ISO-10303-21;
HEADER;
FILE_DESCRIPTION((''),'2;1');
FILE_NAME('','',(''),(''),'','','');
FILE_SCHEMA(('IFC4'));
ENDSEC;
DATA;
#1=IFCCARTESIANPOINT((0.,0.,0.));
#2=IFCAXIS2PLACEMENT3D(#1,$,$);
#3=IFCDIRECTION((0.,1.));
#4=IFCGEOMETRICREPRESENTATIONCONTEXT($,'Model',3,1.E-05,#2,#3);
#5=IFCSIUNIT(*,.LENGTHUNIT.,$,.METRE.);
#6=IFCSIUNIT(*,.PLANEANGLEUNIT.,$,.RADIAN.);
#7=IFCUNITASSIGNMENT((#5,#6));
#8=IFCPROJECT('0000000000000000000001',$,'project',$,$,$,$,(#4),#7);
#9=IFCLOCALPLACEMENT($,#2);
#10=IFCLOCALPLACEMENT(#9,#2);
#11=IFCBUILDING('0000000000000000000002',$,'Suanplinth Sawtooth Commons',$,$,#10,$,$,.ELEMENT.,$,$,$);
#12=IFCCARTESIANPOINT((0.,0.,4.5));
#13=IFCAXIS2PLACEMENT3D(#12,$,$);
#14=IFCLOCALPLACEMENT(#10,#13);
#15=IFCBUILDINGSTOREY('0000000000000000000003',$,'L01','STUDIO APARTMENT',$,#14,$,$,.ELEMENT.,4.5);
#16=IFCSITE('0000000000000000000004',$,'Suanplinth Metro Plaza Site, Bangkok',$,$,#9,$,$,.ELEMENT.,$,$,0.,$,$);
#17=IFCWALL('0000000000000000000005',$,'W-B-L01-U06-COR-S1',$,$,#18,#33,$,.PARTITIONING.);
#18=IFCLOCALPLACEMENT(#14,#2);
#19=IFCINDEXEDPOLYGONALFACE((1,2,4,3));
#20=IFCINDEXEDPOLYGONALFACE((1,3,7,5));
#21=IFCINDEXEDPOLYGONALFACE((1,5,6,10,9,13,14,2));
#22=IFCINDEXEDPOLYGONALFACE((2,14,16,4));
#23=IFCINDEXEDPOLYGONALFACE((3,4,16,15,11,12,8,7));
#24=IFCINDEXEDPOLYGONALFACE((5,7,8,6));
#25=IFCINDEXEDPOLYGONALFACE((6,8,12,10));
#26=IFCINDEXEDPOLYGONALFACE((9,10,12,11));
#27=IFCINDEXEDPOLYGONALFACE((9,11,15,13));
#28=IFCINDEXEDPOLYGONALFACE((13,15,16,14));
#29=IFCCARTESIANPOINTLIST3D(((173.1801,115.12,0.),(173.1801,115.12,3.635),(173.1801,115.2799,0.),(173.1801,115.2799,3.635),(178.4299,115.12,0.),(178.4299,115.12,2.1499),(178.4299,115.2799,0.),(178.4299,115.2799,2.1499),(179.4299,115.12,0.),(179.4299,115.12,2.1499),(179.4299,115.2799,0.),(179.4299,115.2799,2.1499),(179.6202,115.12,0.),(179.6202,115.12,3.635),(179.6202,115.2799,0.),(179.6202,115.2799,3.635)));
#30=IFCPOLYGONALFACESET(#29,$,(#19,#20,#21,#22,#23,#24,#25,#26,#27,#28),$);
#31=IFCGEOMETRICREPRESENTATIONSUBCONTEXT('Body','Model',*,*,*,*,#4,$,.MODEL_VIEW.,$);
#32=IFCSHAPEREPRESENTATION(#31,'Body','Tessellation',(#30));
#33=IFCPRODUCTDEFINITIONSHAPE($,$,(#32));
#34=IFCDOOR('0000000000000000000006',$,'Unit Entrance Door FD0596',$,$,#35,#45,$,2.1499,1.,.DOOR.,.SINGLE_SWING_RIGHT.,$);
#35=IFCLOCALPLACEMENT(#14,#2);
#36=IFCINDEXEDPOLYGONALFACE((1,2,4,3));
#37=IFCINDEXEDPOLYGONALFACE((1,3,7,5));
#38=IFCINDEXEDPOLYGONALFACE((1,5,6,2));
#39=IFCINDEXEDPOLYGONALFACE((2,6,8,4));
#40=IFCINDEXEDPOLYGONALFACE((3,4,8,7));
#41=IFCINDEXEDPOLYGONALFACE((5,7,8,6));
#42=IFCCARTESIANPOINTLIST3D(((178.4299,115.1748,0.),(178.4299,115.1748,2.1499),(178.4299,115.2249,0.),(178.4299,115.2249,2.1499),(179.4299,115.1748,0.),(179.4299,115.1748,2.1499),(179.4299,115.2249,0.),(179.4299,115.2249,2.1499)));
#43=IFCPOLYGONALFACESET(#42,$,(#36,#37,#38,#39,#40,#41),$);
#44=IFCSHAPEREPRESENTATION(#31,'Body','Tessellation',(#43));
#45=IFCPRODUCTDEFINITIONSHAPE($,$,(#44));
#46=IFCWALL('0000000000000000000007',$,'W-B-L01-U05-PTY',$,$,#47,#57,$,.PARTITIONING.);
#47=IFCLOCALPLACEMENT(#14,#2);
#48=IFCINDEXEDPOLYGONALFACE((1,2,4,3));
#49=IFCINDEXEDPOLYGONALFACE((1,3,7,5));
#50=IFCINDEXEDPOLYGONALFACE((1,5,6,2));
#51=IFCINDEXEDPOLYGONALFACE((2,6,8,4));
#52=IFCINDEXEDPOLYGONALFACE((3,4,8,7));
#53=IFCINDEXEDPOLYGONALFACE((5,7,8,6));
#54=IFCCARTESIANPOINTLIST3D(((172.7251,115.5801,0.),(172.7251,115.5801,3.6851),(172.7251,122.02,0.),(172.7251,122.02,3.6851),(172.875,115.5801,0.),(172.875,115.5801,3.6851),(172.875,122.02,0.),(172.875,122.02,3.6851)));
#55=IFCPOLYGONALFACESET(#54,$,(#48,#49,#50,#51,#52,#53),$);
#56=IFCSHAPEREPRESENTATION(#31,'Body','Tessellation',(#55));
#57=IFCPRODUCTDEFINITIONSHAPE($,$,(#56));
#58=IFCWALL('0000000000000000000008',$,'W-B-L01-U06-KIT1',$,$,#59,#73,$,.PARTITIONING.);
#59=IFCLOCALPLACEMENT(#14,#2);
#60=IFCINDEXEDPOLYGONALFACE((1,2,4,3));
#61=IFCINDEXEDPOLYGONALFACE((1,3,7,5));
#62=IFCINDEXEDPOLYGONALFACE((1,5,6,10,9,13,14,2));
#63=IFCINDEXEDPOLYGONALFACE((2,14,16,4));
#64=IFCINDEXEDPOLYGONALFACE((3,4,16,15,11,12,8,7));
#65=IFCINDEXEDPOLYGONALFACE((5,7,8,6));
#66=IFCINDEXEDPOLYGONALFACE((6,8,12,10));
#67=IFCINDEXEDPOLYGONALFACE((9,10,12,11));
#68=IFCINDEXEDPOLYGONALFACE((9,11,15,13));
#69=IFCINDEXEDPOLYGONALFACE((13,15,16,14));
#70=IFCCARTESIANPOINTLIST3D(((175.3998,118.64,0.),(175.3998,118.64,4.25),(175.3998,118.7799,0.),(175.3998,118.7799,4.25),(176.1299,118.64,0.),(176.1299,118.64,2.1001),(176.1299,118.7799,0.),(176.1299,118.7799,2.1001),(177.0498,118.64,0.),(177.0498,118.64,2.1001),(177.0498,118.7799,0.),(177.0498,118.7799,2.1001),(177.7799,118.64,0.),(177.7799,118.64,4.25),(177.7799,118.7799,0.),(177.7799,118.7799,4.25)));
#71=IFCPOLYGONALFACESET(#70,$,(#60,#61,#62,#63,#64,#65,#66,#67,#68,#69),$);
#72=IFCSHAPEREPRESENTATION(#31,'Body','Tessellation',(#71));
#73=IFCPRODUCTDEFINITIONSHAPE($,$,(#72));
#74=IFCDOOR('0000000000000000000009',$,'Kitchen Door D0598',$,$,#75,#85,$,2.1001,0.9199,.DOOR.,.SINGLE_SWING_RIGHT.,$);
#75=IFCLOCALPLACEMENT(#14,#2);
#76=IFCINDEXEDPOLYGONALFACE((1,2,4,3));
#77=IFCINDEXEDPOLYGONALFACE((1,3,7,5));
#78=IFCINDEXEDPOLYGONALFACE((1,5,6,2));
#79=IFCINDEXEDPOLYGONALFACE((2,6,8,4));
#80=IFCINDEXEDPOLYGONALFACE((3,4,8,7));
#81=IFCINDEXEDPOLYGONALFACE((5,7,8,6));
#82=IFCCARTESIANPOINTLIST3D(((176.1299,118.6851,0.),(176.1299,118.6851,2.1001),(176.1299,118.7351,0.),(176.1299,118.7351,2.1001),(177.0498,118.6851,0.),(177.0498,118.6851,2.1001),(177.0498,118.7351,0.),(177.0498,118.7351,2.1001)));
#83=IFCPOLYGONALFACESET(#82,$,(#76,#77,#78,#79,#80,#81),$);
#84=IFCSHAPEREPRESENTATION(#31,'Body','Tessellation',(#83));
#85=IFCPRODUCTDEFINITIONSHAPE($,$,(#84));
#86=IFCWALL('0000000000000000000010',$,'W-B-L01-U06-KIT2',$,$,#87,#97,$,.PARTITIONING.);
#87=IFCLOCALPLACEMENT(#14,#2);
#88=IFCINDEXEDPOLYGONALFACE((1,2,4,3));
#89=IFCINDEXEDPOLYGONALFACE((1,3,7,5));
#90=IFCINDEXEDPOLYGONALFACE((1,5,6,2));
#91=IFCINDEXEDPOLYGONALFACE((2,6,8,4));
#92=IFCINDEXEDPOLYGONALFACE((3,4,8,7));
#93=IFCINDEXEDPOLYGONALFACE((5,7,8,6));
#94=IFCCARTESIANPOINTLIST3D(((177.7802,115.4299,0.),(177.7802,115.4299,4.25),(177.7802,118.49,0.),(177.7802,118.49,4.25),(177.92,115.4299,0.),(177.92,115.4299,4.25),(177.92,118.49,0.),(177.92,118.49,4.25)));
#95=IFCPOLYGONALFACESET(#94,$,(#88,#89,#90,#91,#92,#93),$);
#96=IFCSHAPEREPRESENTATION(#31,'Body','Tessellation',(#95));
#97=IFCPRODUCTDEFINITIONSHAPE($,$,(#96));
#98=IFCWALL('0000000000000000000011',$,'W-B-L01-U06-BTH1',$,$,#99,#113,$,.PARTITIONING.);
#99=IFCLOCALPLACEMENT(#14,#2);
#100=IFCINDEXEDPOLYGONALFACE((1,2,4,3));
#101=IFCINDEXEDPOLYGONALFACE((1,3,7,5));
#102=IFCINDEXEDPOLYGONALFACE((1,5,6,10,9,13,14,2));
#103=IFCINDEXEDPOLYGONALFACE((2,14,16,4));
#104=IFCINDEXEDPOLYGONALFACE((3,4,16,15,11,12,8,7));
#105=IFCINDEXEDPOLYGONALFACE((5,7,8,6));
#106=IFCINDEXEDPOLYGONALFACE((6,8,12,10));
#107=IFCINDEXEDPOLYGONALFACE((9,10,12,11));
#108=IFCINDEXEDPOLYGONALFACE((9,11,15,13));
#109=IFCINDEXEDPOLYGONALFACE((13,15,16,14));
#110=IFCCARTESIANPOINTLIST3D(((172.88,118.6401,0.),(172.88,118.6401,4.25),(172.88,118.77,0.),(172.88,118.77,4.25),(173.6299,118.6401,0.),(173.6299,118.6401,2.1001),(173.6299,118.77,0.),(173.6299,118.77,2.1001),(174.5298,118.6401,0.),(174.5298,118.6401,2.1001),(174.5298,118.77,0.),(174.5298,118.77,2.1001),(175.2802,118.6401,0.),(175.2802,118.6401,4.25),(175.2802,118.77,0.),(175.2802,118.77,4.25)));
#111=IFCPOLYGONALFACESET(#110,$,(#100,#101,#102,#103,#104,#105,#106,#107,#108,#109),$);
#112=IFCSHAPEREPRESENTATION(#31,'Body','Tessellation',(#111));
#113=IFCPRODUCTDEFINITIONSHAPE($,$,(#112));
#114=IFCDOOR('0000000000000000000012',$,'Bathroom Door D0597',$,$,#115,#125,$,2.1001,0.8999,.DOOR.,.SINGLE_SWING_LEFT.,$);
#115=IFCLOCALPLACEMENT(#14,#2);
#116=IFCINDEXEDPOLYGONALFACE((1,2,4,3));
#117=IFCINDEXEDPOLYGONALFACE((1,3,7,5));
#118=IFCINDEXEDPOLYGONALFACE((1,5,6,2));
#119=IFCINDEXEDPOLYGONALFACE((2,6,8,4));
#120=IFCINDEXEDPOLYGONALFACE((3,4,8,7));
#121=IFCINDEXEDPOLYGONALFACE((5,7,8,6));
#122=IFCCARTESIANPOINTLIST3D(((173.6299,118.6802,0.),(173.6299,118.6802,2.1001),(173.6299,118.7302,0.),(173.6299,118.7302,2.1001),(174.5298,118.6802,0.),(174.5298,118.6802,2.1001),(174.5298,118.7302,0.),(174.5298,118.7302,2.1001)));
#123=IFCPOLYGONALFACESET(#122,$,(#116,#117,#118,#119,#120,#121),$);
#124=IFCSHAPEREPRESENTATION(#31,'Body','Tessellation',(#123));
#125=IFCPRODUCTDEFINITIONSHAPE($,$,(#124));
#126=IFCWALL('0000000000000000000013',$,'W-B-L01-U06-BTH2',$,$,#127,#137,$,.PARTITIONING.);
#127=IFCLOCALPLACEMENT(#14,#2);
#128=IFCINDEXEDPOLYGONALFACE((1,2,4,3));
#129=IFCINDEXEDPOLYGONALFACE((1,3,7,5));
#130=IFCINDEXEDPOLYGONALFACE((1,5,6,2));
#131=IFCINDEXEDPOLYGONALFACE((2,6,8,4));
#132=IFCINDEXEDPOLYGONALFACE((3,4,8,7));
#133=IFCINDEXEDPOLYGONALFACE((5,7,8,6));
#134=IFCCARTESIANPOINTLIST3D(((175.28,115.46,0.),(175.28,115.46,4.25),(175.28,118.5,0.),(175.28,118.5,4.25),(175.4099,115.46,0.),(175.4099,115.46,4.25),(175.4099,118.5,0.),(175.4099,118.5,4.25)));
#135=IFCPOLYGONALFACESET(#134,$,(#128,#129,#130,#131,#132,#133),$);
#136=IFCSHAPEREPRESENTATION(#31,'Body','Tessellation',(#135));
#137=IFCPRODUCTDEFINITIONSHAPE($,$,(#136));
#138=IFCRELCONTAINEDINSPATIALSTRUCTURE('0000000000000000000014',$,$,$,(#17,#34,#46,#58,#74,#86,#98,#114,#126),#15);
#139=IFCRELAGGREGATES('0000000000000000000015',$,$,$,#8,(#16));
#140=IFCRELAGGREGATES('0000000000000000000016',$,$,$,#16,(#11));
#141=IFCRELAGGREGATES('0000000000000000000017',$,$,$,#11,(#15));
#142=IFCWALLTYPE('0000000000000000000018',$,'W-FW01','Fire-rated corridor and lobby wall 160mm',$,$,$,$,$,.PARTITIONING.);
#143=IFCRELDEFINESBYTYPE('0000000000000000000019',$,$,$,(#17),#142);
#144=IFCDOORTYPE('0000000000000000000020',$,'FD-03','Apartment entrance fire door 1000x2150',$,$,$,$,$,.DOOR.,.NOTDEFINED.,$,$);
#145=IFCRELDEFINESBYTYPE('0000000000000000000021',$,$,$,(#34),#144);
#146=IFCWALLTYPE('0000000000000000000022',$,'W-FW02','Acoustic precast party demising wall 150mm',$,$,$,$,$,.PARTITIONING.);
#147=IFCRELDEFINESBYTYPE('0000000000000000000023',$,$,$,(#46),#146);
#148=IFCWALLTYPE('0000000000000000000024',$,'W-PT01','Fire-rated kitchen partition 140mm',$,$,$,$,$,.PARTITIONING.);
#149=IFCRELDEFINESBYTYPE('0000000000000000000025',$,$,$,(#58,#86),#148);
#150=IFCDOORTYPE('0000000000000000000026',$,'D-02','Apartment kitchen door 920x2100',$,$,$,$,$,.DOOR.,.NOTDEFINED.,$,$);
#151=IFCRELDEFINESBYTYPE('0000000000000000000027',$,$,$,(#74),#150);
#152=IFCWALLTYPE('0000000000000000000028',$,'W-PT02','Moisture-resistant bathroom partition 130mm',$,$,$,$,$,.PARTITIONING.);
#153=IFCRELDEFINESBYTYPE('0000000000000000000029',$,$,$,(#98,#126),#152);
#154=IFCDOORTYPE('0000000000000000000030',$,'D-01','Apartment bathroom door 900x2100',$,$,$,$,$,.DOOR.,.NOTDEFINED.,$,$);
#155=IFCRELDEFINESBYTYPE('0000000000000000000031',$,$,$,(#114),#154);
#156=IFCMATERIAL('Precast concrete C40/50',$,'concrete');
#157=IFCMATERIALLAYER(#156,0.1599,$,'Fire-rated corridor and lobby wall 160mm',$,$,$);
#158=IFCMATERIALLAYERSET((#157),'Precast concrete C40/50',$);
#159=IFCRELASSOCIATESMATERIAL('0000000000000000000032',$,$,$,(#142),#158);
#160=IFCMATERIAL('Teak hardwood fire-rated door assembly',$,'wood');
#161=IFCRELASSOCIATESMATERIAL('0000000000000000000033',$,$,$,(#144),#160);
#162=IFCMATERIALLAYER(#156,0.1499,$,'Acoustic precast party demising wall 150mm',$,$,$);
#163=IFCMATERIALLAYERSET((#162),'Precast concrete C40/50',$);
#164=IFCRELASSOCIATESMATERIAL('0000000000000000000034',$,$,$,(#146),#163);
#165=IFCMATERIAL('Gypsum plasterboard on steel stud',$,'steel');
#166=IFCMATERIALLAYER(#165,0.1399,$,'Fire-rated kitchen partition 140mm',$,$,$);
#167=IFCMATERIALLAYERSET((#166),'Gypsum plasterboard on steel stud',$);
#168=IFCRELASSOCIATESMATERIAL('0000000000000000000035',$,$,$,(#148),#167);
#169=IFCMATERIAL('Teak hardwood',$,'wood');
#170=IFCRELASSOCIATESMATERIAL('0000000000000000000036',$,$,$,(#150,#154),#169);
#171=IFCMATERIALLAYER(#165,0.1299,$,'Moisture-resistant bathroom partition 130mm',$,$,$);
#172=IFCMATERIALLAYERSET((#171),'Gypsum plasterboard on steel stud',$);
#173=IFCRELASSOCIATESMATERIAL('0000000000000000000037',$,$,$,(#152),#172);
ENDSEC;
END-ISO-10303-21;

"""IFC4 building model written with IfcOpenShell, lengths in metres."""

from ifc_helpers import new_model, si_unit, direction, frame, frame_2d, origin, place, context, subcontext, project, spatial, rectangle, extrude, material, layer, layer_set, type_object, element, fill, save


model = new_model("IFC4")

# Units and contexts
model_context = context("Model", 3, precision=1e-05, world=origin(), true_north=direction((0.0, 1.0)))
body_context = subcontext(model_context, "Body", "Model", "MODEL_VIEW")
ifc_project = project(units=[si_unit("LENGTHUNIT", "METRE"), si_unit("PLANEANGLEUNIT", "RADIAN")], contexts=[model_context])

# Site, building, storey
site_placement = place(None, origin())
site = spatial("IfcSite", under=ifc_project, at=site_placement, Name="Suanplinth Metro Plaza Site, Bangkok", CompositionType="ELEMENT", RefElevation=0.0)
building_placement = place(site_placement, origin())
building = spatial("IfcBuilding", under=site, at=building_placement, Name="Suanplinth Sawtooth Commons", CompositionType="ELEMENT")
storey_placement = place(building_placement, frame((0.0, 0.0, 4.5)))
storey = spatial("IfcBuildingStorey", under=building, at=storey_placement, Name="L01", Description="STUDIO APARTMENT", CompositionType="ELEMENT", Elevation=4.5)

# Shared definitions
ifc_material_1 = material(Name="Precast concrete C40/50", Category="concrete")

# Wall, opening, door
ifc_layer_1 = layer(ifc_material_1, 0.1599, Name="Fire-rated corridor and lobby wall 160mm")
ifc_layer_set_1 = layer_set([ifc_layer_1], Name="Precast concrete C40/50")
wall_type_1 = type_object("IfcWallType", Name="W-FW01", Description="Fire-rated corridor and lobby wall 160mm", PredefinedType="PARTITIONING", material=ifc_layer_set_1)
wall_1_placement = place(storey_placement, frame((173.1799, 115.2, 0.0), z_axis=(0.0, 0.0, 1.0), x_axis=(1.0, 0.0, 0.0)))
wall_1 = element("IfcWall", 1, at=wall_1_placement, inside=storey, type_object=wall_type_1, Name="W-B-L01-U06-COR-S1", PredefinedType="PARTITIONING", context=body_context, shape_type="SweptSolid", body=[
    extrude(rectangle(XDim=6.4402, YDim=0.1599, at=frame_2d((3.2202, 0.0))), origin(), (0.0, 0.0, 1.0), 3.635),
])
opening_1_placement = place(wall_1_placement, frame((5.25, 0.0, 0.0)))
opening_1 = element("IfcOpeningElement", 2, at=opening_1_placement, cuts=wall_1, PredefinedType="OPENING", context=body_context, shape_type="SweptSolid", body=[
    extrude(rectangle(XDim=1.0, YDim=2.1499, at=frame_2d((0.5, 1.075))), frame((0.0, 0.0947, 0.0), z_axis=(0.0, -1.0, 0.0), x_axis=(1.0, 0.0, 0.0)), (0.0, 0.0, 1.0), 0.1897),
])
ifc_material_2 = material(Name="Teak hardwood fire-rated door assembly", Category="wood")
door_type_1 = type_object("IfcDoorType", Name="FD-03", Description="Apartment entrance fire door 1000x2150", OperationType="NOTDEFINED", PredefinedType="DOOR", material=ifc_material_2)
door_1_placement = place(opening_1_placement, origin())
door_1 = element("IfcDoor", 3, at=door_1_placement, inside=storey, type_object=door_type_1, Name="Unit Entrance Door FD0596", OperationType="SINGLE_SWING_RIGHT", OverallHeight=2.1499, OverallWidth=1.0, PredefinedType="DOOR", context=body_context, shape_type="SweptSolid", body=[
    extrude(rectangle(XDim=1.0, YDim=2.1499, at=frame_2d((0.5, 1.075))), frame((0.0, 0.0249, 0.0), z_axis=(0.0, -1.0, 0.0), x_axis=(1.0, 0.0, 0.0)), (0.0, 0.0, 1.0), 0.05),
])
fill(opening_1, door_1)

# Wall
ifc_layer_2 = layer(ifc_material_1, 0.1499, Name="Acoustic precast party demising wall 150mm")
ifc_layer_set_2 = layer_set([ifc_layer_2], Name="Precast concrete C40/50")
wall_type_2 = type_object("IfcWallType", Name="W-FW02", Description="Acoustic precast party demising wall 150mm", PredefinedType="PARTITIONING", material=ifc_layer_set_2)
wall_2_placement = place(storey_placement, frame((172.8, 115.5801, 0.0), z_axis=(0.0, 0.0, 1.0), x_axis=(0.0, 1.0, 0.0)))
element("IfcWall", 4, at=wall_2_placement, inside=storey, type_object=wall_type_2, Name="W-B-L01-U05-PTY", PredefinedType="PARTITIONING", context=body_context, shape_type="SweptSolid", body=[
    extrude(rectangle(XDim=6.4399, YDim=0.1499, at=frame_2d((3.22, 0.0))), origin(), (0.0, 0.0, 1.0), 3.6851),
])

# Wall, opening, door
ifc_material_3 = material(Name="Gypsum plasterboard on steel stud", Category="steel")
ifc_layer_3 = layer(ifc_material_3, 0.1399, Name="Fire-rated kitchen partition 140mm")
ifc_layer_set_3 = layer_set([ifc_layer_3], Name="Gypsum plasterboard on steel stud")
wall_type_3 = type_object("IfcWallType", Name="W-PT01", Description="Fire-rated kitchen partition 140mm", PredefinedType="PARTITIONING", material=ifc_layer_set_3)
wall_3_placement = place(storey_placement, frame((175.3999, 118.71, 0.0), z_axis=(0.0, 0.0, 1.0), x_axis=(1.0, 0.0, 0.0)))
wall_3 = element("IfcWall", 5, at=wall_3_placement, inside=storey, type_object=wall_type_3, Name="W-B-L01-U06-KIT1", PredefinedType="PARTITIONING", context=body_context, shape_type="SweptSolid", body=[
    extrude(rectangle(XDim=2.3801, YDim=0.1399, at=frame_2d((1.1899, 0.0))), origin(), (0.0, 0.0, 1.0), 4.25),
])
opening_2_placement = place(wall_3_placement, frame((0.73, 0.0, 0.0)))
opening_2 = element("IfcOpeningElement", 6, at=opening_2_placement, cuts=wall_3, PredefinedType="OPENING", context=body_context, shape_type="SweptSolid", body=[
    extrude(rectangle(XDim=0.9199, YDim=2.1001, at=frame_2d((0.46, 1.05))), frame((0.0, 0.085, 0.0), z_axis=(0.0, -1.0, 0.0), x_axis=(1.0, 0.0, 0.0)), (0.0, 0.0, 1.0), 0.1697),
])
ifc_material_4 = material(Name="Teak hardwood", Category="wood")
door_type_2 = type_object("IfcDoorType", Name="D-02", Description="Apartment kitchen door 920x2100", OperationType="NOTDEFINED", PredefinedType="DOOR", material=ifc_material_4)
door_2_placement = place(opening_2_placement, frame((0.9199, 0.0, 0.0), z_axis=(0.0, 0.0, 1.0), x_axis=(-1.0, 0.0, 0.0)))
door_2 = element("IfcDoor", 7, at=door_2_placement, inside=storey, type_object=door_type_2, Name="Kitchen Door D0598", OperationType="SINGLE_SWING_RIGHT", OverallHeight=2.1001, OverallWidth=0.9199, PredefinedType="DOOR", context=body_context, shape_type="SweptSolid", body=[
    extrude(rectangle(XDim=0.9199, YDim=2.1001, at=frame_2d((0.46, 1.05))), frame((0.0, 0.0249, 0.0), z_axis=(0.0, -1.0, 0.0), x_axis=(1.0, 0.0, 0.0)), (0.0, 0.0, 1.0), 0.05),
])
fill(opening_2, door_2)

# Wall
wall_4_placement = place(storey_placement, frame((177.8501, 115.4299, 0.0), z_axis=(0.0, 0.0, 1.0), x_axis=(0.0, 1.0, 0.0)))
element("IfcWall", 8, at=wall_4_placement, inside=storey, type_object=wall_type_3, Name="W-B-L01-U06-KIT2", PredefinedType="PARTITIONING", context=body_context, shape_type="SweptSolid", body=[
    extrude(rectangle(XDim=3.0601, YDim=0.1399, at=frame_2d((1.53, 0.0))), origin(), (0.0, 0.0, 1.0), 4.25),
])

# Wall, opening, door
ifc_layer_4 = layer(ifc_material_3, 0.1299, Name="Moisture-resistant bathroom partition 130mm")
ifc_layer_set_4 = layer_set([ifc_layer_4], Name="Gypsum plasterboard on steel stud")
wall_type_4 = type_object("IfcWallType", Name="W-PT02", Description="Moisture-resistant bathroom partition 130mm", PredefinedType="PARTITIONING", material=ifc_layer_set_4)
wall_5_placement = place(storey_placement, frame((172.8799, 118.7051, 0.0), z_axis=(0.0, 0.0, 1.0), x_axis=(1.0, 0.0, 0.0)))
wall_5 = element("IfcWall", 9, at=wall_5_placement, inside=storey, type_object=wall_type_4, Name="W-B-L01-U06-BTH1", PredefinedType="PARTITIONING", context=body_context, shape_type="SweptSolid", body=[
    extrude(rectangle(XDim=2.4001, YDim=0.1299, at=frame_2d((1.2002, 0.0))), origin(), (0.0, 0.0, 1.0), 4.25),
])
opening_3_placement = place(wall_5_placement, frame((0.75, 0.0, 0.0)))
opening_3 = element("IfcOpeningElement", 10, at=opening_3_placement, cuts=wall_5, PredefinedType="OPENING", context=body_context, shape_type="SweptSolid", body=[
    extrude(rectangle(XDim=0.8999, YDim=2.1001, at=frame_2d((0.45, 1.05))), frame((0.0, 0.0798, 0.0), z_axis=(0.0, -1.0, 0.0), x_axis=(1.0, 0.0, 0.0)), (0.0, 0.0, 1.0), 0.1597),
])
door_type_3 = type_object("IfcDoorType", Name="D-01", Description="Apartment bathroom door 900x2100", OperationType="NOTDEFINED", PredefinedType="DOOR", material=ifc_material_4)
door_3_placement = place(opening_3_placement, frame((0.8999, 0.0, 0.0), z_axis=(0.0, 0.0, 1.0), x_axis=(-1.0, 0.0, 0.0)))
door_3 = element("IfcDoor", 11, at=door_3_placement, inside=storey, type_object=door_type_3, Name="Bathroom Door D0597", OperationType="SINGLE_SWING_LEFT", OverallHeight=2.1001, OverallWidth=0.8999, PredefinedType="DOOR", context=body_context, shape_type="SweptSolid", body=[
    extrude(rectangle(XDim=0.8999, YDim=2.1001, at=frame_2d((0.45, 1.05))), frame((0.0, 0.0249, 0.0), z_axis=(0.0, -1.0, 0.0), x_axis=(1.0, 0.0, 0.0)), (0.0, 0.0, 1.0), 0.05),
])
fill(opening_3, door_3)

# Wall
wall_6_placement = place(storey_placement, frame((175.345, 115.46, 0.0), z_axis=(0.0, 0.0, 1.0), x_axis=(0.0, 1.0, 0.0)))
element("IfcWall", 12, at=wall_6_placement, inside=storey, type_object=wall_type_4, Name="W-B-L01-U06-BTH2", PredefinedType="PARTITIONING", context=body_context, shape_type="SweptSolid", body=[
    extrude(rectangle(XDim=3.04, YDim=0.1299, at=frame_2d((1.52, 0.0))), origin(), (0.0, 0.0, 1.0), 4.25),
])

save(model, "model.ifc")
